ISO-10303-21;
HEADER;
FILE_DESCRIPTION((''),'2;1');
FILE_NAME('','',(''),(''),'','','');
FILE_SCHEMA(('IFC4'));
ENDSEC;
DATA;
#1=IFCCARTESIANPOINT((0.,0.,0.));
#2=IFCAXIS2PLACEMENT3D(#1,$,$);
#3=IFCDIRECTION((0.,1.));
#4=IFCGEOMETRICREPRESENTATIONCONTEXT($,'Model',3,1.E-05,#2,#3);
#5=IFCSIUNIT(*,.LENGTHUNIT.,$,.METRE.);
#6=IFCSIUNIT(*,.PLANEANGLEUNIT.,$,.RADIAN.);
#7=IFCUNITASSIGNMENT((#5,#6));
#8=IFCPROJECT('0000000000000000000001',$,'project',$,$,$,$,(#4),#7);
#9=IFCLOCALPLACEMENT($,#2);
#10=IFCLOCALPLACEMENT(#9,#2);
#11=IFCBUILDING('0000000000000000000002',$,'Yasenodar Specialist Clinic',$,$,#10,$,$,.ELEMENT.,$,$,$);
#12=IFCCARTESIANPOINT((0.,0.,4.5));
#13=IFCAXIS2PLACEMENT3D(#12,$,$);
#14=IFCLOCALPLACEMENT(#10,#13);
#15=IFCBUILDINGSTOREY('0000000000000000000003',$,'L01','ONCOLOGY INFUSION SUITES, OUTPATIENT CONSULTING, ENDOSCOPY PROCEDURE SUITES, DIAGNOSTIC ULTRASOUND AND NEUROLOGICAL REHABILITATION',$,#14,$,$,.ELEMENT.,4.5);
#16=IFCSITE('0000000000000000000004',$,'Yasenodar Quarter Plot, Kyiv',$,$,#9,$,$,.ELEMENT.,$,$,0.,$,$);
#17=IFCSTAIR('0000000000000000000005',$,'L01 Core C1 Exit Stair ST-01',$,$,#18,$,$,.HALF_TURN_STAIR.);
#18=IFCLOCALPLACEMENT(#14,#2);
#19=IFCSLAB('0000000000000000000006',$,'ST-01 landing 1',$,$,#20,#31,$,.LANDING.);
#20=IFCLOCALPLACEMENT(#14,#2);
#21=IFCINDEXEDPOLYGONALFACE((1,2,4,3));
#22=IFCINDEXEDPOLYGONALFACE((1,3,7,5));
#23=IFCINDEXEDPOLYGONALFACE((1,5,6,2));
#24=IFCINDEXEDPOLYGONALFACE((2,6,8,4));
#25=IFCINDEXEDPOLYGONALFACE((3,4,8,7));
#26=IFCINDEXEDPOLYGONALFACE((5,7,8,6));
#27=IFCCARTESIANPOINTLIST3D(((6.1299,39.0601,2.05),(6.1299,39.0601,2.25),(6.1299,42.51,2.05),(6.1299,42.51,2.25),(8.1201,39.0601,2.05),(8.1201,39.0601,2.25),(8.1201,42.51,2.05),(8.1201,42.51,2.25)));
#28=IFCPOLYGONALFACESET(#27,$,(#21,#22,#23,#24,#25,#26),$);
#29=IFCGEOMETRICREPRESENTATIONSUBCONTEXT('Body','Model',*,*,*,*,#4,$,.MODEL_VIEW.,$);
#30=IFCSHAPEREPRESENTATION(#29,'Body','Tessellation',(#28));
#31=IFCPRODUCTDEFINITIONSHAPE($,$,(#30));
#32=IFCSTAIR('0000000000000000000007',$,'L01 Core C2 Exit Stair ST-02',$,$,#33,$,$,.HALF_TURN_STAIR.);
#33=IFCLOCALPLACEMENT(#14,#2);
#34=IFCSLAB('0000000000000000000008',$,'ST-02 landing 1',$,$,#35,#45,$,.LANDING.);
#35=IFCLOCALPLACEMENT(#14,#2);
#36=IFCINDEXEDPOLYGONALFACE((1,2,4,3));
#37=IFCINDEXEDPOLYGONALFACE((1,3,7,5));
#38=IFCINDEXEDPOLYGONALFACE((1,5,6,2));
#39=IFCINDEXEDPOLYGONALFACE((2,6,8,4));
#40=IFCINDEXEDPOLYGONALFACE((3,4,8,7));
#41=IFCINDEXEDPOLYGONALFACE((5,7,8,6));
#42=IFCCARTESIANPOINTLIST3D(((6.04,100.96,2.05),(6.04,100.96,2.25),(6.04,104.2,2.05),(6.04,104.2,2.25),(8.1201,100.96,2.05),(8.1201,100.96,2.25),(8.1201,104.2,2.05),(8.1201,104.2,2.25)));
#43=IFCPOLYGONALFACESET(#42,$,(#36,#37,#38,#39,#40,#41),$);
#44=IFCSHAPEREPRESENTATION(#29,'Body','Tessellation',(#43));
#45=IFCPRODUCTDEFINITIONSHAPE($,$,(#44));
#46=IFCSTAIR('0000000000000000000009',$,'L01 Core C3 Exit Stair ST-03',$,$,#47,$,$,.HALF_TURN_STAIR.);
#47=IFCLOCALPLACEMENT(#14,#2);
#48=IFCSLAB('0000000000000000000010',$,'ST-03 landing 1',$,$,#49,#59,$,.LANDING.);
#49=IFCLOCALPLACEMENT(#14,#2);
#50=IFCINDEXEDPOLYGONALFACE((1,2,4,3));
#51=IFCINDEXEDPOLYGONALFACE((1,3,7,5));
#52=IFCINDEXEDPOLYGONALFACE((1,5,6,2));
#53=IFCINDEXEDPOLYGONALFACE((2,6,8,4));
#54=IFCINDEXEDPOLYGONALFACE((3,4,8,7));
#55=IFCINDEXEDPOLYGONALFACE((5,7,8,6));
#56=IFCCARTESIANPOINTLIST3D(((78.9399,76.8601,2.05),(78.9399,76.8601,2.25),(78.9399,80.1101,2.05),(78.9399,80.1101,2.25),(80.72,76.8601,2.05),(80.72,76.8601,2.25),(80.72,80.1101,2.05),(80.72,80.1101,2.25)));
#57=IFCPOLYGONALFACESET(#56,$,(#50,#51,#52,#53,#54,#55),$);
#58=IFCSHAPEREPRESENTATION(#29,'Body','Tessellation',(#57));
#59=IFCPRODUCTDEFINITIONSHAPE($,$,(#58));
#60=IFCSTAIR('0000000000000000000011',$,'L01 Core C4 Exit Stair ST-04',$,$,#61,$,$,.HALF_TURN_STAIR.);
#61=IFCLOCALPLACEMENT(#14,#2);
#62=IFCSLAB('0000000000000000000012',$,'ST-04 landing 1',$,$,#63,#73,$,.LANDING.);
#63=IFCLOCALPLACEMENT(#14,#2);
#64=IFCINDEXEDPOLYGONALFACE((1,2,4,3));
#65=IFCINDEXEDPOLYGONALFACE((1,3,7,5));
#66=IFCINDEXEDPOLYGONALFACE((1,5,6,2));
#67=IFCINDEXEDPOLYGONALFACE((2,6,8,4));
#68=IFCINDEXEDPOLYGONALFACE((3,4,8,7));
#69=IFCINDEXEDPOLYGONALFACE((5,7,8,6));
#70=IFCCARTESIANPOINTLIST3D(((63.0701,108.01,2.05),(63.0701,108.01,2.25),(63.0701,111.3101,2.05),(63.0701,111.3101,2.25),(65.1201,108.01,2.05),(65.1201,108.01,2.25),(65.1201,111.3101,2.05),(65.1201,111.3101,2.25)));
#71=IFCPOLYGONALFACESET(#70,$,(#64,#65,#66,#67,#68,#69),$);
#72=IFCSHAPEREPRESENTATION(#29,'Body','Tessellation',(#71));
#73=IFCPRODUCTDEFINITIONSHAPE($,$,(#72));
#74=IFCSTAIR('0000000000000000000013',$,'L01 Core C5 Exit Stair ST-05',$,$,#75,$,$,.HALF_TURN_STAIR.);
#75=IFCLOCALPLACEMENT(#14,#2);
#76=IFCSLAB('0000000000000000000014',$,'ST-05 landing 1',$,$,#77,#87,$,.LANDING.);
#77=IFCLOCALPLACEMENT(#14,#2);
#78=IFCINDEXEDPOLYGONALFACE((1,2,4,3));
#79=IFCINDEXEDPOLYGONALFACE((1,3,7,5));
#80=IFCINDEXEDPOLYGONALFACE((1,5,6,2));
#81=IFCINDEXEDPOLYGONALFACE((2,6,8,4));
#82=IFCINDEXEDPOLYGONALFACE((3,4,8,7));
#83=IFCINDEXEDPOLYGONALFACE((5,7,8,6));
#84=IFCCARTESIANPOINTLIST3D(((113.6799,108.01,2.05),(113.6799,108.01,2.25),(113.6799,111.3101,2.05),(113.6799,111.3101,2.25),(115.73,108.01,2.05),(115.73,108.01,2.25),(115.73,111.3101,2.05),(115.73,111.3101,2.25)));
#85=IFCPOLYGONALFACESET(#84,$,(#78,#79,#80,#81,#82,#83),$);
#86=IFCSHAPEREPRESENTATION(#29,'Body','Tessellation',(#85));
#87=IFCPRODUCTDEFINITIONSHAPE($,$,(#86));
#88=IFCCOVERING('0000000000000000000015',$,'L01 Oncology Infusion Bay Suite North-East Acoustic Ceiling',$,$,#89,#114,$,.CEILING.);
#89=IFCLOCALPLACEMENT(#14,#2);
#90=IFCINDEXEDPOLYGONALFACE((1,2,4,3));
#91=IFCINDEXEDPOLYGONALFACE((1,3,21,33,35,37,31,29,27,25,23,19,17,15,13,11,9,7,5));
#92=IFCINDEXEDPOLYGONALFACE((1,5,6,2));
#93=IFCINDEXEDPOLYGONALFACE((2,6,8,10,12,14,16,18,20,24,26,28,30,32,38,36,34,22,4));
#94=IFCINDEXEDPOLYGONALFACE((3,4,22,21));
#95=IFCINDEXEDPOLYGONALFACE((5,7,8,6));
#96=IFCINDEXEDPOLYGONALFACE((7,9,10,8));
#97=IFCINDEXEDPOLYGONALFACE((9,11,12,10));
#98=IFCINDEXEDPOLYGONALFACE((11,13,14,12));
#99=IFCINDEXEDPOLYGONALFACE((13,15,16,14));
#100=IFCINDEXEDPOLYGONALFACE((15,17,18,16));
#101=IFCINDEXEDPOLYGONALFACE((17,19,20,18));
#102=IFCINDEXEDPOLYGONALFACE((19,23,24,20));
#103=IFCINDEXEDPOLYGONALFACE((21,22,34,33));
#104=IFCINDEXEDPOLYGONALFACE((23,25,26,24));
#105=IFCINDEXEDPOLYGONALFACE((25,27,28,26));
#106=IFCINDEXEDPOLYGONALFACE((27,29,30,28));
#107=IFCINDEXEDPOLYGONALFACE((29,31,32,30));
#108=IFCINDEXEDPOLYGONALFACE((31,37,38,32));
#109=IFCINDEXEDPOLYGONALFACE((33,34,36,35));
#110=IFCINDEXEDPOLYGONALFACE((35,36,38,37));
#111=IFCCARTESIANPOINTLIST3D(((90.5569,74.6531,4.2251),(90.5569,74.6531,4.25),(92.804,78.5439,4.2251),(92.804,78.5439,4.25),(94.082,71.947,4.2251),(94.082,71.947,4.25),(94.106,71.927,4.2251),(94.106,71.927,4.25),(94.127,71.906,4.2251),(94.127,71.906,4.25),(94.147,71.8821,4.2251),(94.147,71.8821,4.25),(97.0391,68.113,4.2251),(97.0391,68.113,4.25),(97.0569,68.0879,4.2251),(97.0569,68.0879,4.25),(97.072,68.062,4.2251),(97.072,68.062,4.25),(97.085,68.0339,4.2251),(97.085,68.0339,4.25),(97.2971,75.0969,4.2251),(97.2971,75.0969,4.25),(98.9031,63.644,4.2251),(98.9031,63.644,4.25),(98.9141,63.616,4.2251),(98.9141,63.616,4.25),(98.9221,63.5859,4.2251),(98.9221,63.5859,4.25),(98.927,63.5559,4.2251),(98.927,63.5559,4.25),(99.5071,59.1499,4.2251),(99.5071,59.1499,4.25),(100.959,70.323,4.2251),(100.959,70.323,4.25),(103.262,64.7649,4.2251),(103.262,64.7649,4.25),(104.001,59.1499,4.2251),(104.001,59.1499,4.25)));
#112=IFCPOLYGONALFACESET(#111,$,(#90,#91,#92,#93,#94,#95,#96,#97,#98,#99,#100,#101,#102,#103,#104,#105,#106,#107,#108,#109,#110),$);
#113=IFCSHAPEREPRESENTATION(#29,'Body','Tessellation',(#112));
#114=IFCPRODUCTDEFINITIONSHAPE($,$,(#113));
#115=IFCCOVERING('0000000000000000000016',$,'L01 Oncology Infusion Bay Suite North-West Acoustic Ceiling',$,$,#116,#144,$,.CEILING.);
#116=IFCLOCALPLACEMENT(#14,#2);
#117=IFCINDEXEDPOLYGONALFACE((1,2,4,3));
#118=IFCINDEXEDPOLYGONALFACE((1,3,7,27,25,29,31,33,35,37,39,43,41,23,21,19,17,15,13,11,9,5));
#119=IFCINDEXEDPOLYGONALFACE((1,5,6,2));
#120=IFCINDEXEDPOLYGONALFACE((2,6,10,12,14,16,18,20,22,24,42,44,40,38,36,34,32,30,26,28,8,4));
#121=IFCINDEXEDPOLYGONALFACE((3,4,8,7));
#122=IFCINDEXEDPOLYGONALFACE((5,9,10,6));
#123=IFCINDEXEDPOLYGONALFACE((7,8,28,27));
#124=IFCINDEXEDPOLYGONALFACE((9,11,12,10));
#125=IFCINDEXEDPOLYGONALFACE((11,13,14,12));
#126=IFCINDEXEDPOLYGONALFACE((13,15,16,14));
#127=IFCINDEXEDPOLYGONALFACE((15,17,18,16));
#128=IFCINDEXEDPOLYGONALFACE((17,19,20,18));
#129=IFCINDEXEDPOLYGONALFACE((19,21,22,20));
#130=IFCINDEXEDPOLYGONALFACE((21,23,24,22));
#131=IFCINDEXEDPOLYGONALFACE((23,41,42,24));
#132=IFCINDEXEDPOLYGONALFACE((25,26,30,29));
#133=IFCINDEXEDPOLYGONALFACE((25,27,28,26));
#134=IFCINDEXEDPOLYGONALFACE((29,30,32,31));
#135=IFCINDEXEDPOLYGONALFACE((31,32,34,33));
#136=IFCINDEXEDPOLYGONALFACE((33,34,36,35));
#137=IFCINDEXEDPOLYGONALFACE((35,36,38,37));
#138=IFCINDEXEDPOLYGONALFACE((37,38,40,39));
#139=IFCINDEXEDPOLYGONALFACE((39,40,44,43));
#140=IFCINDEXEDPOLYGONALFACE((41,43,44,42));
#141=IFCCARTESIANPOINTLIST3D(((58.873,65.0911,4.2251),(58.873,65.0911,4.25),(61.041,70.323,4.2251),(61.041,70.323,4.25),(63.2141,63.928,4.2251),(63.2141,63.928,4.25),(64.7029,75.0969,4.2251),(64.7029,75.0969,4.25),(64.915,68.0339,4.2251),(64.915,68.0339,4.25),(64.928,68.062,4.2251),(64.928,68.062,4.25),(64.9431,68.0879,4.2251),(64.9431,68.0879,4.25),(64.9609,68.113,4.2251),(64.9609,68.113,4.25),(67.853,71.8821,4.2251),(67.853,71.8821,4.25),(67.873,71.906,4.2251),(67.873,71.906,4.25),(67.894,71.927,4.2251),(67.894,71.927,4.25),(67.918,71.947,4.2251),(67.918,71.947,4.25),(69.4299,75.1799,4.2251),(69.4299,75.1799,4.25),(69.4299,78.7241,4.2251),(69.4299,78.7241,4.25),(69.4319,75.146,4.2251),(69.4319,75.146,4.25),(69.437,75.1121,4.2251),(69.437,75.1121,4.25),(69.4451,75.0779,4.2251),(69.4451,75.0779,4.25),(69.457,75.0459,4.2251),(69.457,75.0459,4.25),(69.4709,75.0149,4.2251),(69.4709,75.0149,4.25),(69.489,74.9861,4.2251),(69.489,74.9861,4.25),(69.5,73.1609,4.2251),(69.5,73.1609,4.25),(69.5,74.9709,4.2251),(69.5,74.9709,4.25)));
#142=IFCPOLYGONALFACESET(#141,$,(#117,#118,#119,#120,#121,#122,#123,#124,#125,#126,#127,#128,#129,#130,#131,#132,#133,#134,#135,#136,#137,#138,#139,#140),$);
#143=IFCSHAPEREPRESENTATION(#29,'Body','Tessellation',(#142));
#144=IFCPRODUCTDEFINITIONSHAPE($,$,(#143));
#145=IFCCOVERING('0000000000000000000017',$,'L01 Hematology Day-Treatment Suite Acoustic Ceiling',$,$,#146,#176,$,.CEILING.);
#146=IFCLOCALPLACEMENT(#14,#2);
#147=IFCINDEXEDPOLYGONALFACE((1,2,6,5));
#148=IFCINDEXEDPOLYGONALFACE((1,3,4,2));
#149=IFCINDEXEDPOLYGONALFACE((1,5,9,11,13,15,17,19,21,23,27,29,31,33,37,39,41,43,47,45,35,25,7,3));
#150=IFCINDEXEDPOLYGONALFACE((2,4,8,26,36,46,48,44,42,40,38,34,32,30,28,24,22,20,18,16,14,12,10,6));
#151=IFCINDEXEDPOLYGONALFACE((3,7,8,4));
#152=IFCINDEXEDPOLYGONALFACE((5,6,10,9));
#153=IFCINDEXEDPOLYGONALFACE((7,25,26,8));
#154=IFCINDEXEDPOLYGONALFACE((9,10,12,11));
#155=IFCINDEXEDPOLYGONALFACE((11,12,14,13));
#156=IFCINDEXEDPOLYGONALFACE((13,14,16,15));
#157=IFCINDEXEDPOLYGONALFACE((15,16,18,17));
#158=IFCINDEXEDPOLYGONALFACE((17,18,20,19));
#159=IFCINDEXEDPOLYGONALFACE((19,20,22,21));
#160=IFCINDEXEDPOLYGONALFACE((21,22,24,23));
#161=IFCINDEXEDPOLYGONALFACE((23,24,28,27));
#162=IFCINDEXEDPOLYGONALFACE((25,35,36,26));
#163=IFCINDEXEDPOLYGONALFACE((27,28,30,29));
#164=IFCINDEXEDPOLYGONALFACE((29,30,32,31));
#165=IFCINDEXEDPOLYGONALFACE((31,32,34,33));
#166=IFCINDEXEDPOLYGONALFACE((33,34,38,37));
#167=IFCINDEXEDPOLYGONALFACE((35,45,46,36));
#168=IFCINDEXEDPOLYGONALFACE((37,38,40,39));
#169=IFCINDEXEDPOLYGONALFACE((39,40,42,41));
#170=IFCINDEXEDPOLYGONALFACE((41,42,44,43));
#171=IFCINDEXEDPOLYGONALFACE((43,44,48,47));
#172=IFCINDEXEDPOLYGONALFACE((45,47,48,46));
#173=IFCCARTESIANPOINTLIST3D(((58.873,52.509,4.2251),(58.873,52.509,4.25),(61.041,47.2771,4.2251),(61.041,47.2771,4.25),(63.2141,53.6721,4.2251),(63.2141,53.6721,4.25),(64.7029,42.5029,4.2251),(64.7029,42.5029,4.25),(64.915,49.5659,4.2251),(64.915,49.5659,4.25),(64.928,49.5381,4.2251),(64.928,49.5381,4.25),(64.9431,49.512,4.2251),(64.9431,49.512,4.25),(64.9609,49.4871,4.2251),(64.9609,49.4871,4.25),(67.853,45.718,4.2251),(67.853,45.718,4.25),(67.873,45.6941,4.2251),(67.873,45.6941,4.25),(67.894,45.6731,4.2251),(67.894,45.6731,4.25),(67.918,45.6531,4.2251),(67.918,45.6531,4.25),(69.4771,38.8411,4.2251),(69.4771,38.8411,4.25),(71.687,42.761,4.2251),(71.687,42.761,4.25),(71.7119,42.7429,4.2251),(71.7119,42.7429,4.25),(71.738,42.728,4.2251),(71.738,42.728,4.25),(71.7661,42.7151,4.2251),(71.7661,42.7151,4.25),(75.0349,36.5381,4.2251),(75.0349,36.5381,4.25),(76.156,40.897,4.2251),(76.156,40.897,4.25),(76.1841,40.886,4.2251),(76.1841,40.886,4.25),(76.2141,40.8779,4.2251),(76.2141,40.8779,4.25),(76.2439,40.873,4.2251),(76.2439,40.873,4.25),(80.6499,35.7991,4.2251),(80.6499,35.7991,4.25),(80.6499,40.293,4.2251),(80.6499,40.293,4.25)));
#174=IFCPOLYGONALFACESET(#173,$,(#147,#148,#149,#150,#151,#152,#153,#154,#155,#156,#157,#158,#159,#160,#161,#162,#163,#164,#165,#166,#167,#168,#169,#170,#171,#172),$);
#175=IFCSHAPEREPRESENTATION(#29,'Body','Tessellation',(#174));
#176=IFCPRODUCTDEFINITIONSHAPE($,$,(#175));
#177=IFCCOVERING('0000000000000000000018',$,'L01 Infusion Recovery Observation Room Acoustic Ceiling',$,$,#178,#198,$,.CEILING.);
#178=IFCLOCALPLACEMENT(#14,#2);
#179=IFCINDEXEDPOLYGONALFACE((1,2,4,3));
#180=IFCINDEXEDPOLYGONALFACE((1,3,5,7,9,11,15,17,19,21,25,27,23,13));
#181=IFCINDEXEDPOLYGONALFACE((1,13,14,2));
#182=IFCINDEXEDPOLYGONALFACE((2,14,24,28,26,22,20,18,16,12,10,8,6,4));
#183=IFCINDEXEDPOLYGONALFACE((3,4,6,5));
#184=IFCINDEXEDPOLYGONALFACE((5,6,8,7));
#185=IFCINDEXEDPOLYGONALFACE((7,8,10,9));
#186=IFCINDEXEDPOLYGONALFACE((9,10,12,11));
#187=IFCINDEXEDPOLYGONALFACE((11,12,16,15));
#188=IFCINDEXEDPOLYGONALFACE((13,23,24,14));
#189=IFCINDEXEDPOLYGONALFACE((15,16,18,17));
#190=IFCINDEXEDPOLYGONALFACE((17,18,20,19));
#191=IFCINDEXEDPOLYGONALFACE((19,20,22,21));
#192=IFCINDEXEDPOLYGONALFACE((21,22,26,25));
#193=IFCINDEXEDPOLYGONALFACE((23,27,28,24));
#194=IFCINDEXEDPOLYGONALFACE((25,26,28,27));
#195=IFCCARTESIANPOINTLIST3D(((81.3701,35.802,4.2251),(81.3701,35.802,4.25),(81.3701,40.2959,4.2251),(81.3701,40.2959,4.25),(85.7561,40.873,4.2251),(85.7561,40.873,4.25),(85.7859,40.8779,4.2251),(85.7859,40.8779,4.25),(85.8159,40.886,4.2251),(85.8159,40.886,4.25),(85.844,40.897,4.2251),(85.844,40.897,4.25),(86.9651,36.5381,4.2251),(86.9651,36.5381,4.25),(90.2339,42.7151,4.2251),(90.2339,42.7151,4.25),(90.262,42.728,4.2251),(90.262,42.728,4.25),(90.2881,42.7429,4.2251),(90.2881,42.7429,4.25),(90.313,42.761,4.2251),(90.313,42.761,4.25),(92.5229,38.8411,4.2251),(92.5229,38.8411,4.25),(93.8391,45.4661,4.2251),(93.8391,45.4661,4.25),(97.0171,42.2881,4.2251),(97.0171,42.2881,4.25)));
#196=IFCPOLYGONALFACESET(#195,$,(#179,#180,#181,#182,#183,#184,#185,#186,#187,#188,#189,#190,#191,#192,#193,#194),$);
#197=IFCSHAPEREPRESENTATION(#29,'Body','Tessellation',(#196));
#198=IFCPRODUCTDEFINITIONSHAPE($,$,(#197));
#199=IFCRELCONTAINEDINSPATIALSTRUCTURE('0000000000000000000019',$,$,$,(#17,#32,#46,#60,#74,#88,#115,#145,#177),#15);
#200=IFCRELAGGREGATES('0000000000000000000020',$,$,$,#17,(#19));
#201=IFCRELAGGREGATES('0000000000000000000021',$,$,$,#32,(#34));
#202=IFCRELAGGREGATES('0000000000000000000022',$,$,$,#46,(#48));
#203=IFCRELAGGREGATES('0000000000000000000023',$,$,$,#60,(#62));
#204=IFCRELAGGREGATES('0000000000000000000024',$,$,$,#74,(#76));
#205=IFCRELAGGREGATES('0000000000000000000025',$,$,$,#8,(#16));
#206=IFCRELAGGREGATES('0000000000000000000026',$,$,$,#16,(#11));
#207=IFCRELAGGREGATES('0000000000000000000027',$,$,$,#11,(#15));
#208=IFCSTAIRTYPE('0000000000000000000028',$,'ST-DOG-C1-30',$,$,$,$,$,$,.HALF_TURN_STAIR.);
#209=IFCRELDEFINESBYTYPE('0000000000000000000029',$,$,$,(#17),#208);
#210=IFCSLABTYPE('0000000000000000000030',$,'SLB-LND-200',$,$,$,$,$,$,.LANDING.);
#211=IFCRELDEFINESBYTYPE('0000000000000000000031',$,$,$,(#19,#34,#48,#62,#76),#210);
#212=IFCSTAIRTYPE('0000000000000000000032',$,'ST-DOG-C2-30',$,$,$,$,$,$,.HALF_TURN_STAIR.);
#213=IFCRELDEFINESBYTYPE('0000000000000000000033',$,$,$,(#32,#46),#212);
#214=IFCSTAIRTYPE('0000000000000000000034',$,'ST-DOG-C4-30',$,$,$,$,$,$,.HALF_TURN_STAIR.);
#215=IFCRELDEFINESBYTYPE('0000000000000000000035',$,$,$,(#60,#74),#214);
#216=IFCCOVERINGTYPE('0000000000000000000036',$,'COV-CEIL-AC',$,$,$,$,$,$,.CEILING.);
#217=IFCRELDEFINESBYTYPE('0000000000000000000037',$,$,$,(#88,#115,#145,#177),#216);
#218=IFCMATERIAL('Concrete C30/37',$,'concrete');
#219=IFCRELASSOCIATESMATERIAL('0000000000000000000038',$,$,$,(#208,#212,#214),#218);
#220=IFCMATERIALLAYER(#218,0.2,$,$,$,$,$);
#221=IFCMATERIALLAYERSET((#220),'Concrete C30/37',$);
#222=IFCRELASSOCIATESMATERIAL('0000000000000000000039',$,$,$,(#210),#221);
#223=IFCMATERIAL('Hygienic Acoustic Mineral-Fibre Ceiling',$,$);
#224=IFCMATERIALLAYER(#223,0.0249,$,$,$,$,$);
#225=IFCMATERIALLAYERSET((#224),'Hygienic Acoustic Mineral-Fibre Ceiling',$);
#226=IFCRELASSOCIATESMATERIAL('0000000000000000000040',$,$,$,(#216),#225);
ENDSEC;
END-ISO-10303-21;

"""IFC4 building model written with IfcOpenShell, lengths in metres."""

from ifc_helpers import new_model, si_unit, direction, frame, origin, place, context, subcontext, project, spatial, polyline, outline, extrude, material, layer, layer_set, type_object, element, aggregate, save


model = new_model("IFC4")

# Units and contexts
model_context = context("Model", 3, precision=1e-05, world=origin(), true_north=direction((0.0, 1.0)))
body_context = subcontext(model_context, "Body", "Model", "MODEL_VIEW")
ifc_project = project(units=[si_unit("LENGTHUNIT", "METRE"), si_unit("PLANEANGLEUNIT", "RADIAN")], contexts=[model_context])

# Site, building, storey
site_placement = place(None, origin())
site = spatial("IfcSite", under=ifc_project, at=site_placement, Name="Yasenodar Quarter Plot, Kyiv", CompositionType="ELEMENT", RefElevation=0.0)
building_placement = place(site_placement, origin())
building = spatial("IfcBuilding", under=site, at=building_placement, Name="Yasenodar Specialist Clinic", CompositionType="ELEMENT")
storey_placement = place(building_placement, frame((0.0, 0.0, 4.5)))
storey = spatial("IfcBuildingStorey", under=building, at=storey_placement, Name="L01", Description="ONCOLOGY INFUSION SUITES, OUTPATIENT CONSULTING, ENDOSCOPY PROCEDURE SUITES, DIAGNOSTIC ULTRASOUND AND NEUROLOGICAL REHABILITATION", CompositionType="ELEMENT", Elevation=4.5)

# Stairs, slabs
ifc_material_1 = material(Name="Concrete C30/37", Category="concrete")
stair_type_1 = type_object("IfcStairType", Name="ST-DOG-C1-30", PredefinedType="HALF_TURN_STAIR", material=ifc_material_1)
stair_1_placement = place(storey_placement, origin())
stair_1 = element("IfcStair", 1, at=stair_1_placement, inside=storey, type_object=stair_type_1, Name="L01 Core C1 Exit Stair ST-01", PredefinedType="HALF_TURN_STAIR")
ifc_layer_1 = layer(ifc_material_1, 0.2)
ifc_layer_set_1 = layer_set([ifc_layer_1], Name="Concrete C30/37")
slab_type = type_object("IfcSlabType", Name="SLB-LND-200", PredefinedType="LANDING", material=ifc_layer_set_1)
slab_1_placement = place(storey_placement, frame((0.0, 0.0, 2.05)))
slab_1 = element("IfcSlab", 2, at=slab_1_placement, type_object=slab_type, Name="ST-01 landing 1", PredefinedType="LANDING", context=body_context, shape_type="SweptSolid", body=[
    extrude(outline(polyline([(6.1299, 39.0601), (8.1201, 39.0601), (8.1201, 42.51), (6.1299, 42.51), (6.1299, 39.0601)])), origin(), (0.0, 0.0, 1.0), 0.2),
])
aggregate(stair_1, [slab_1])
stair_type_2 = type_object("IfcStairType", Name="ST-DOG-C2-30", PredefinedType="HALF_TURN_STAIR", material=ifc_material_1)
stair_2_placement = place(storey_placement, origin())
stair_2 = element("IfcStair", 3, at=stair_2_placement, inside=storey, type_object=stair_type_2, Name="L01 Core C2 Exit Stair ST-02", PredefinedType="HALF_TURN_STAIR")
slab_2_placement = place(storey_placement, frame((0.0, 0.0, 2.05)))
slab_2 = element("IfcSlab", 4, at=slab_2_placement, type_object=slab_type, Name="ST-02 landing 1", PredefinedType="LANDING", context=body_context, shape_type="SweptSolid", body=[
    extrude(outline(polyline([(6.04, 100.96), (8.1201, 100.96), (8.1201, 104.2), (6.04, 104.2), (6.04, 100.96)])), origin(), (0.0, 0.0, 1.0), 0.2),
])
aggregate(stair_2, [slab_2])
stair_3_placement = place(storey_placement, origin())
stair_3 = element("IfcStair", 5, at=stair_3_placement, inside=storey, type_object=stair_type_2, Name="L01 Core C3 Exit Stair ST-03", PredefinedType="HALF_TURN_STAIR")
slab_3_placement = place(storey_placement, frame((0.0, 0.0, 2.05)))
slab_3 = element("IfcSlab", 6, at=slab_3_placement, type_object=slab_type, Name="ST-03 landing 1", PredefinedType="LANDING", context=body_context, shape_type="SweptSolid", body=[
    extrude(outline(polyline([(78.9399, 76.8601), (80.72, 76.8601), (80.72, 80.1101), (78.9399, 80.1101), (78.9399, 76.8601)])), origin(), (0.0, 0.0, 1.0), 0.2),
])
aggregate(stair_3, [slab_3])
stair_type_3 = type_object("IfcStairType", Name="ST-DOG-C4-30", PredefinedType="HALF_TURN_STAIR", material=ifc_material_1)
stair_4_placement = place(storey_placement, origin())
stair_4 = element("IfcStair", 7, at=stair_4_placement, inside=storey, type_object=stair_type_3, Name="L01 Core C4 Exit Stair ST-04", PredefinedType="HALF_TURN_STAIR")
slab_4_placement = place(storey_placement, frame((0.0, 0.0, 2.05)))
slab_4 = element("IfcSlab", 8, at=slab_4_placement, type_object=slab_type, Name="ST-04 landing 1", PredefinedType="LANDING", context=body_context, shape_type="SweptSolid", body=[
    extrude(outline(polyline([(63.0701, 108.01), (65.1201, 108.01), (65.1201, 111.3101), (63.0701, 111.3101), (63.0701, 108.01)])), origin(), (0.0, 0.0, 1.0), 0.2),
])
aggregate(stair_4, [slab_4])
stair_5_placement = place(storey_placement, origin())
stair_5 = element("IfcStair", 9, at=stair_5_placement, inside=storey, type_object=stair_type_3, Name="L01 Core C5 Exit Stair ST-05", PredefinedType="HALF_TURN_STAIR")
slab_5_placement = place(storey_placement, frame((0.0, 0.0, 2.05)))
slab_5 = element("IfcSlab", 10, at=slab_5_placement, type_object=slab_type, Name="ST-05 landing 1", PredefinedType="LANDING", context=body_context, shape_type="SweptSolid", body=[
    extrude(outline(polyline([(115.73, 111.3101), (113.6799, 111.3101), (113.6799, 108.01), (115.73, 108.01), (115.73, 111.3101)])), origin(), (0.0, 0.0, 1.0), 0.2),
])
aggregate(stair_5, [slab_5])

# Coverings
ifc_material_2 = material(Name="Hygienic Acoustic Mineral-Fibre Ceiling")
ifc_layer_2 = layer(ifc_material_2, 0.0249)
ifc_layer_set_2 = layer_set([ifc_layer_2], Name="Hygienic Acoustic Mineral-Fibre Ceiling")
covering_type_1 = type_object("IfcCoveringType", Name="COV-CEIL-AC", PredefinedType="CEILING", material=ifc_layer_set_2)
covering_1_placement = place(storey_placement, frame((0.0, 0.0, 4.2251)))
element("IfcCovering", 11, at=covering_1_placement, inside=storey, type_object=covering_type_1, Name="L01 Oncology Infusion Bay Suite North-East Acoustic Ceiling", PredefinedType="CEILING", context=body_context, shape_type="SweptSolid", body=[
    extrude(outline(polyline([(98.9221, 63.5859), (98.9141, 63.616), (98.9031, 63.644), (97.085, 68.0339), (97.072, 68.062), (97.0569, 68.0879), (97.0391, 68.113), (94.147, 71.8821), (94.127, 71.906), (94.106, 71.927), (94.082, 71.947), (90.5569, 74.6531), (92.804, 78.5439), (97.2971, 75.0969), (100.959, 70.323), (103.262, 64.7649), (104.001, 59.1499), (99.5071, 59.1499), (98.927, 63.5559), (98.9221, 63.5859)])), origin(), (0.0, 0.0, 1.0), 0.0249),
])
covering_2_placement = place(storey_placement, frame((0.0, 0.0, 4.2251)))
element("IfcCovering", 12, at=covering_2_placement, inside=storey, type_object=covering_type_1, Name="L01 Oncology Infusion Bay Suite North-West Acoustic Ceiling", PredefinedType="CEILING", context=body_context, shape_type="SweptSolid", body=[
    extrude(outline(polyline([(67.873, 71.906), (67.853, 71.8821), (64.9609, 68.113), (64.9431, 68.0879), (64.928, 68.062), (64.915, 68.0339), (63.2141, 63.928), (58.873, 65.0911), (61.041, 70.323), (64.7029, 75.0969), (69.4299, 78.7241), (69.4299, 75.1799), (69.4319, 75.146), (69.437, 75.1121), (69.4451, 75.0779), (69.457, 75.0459), (69.4709, 75.0149), (69.489, 74.9861), (69.5, 74.9709), (69.5, 73.1609), (67.918, 71.947), (67.894, 71.927), (67.873, 71.906)])), origin(), (0.0, 0.0, 1.0), 0.0249),
])
covering_3_placement = place(storey_placement, frame((0.0, 0.0, 4.2251)))
element("IfcCovering", 13, at=covering_3_placement, inside=storey, type_object=covering_type_1, Name="L01 Hematology Day-Treatment Suite Acoustic Ceiling", PredefinedType="CEILING", context=body_context, shape_type="SweptSolid", body=[
    extrude(outline(polyline([(64.928, 49.5381), (64.9431, 49.512), (64.9609, 49.4871), (67.853, 45.718), (67.873, 45.6941), (67.894, 45.6731), (67.918, 45.6531), (71.687, 42.761), (71.7119, 42.7429), (71.738, 42.728), (71.7661, 42.7151), (76.156, 40.897), (76.1841, 40.886), (76.2141, 40.8779), (76.2439, 40.873), (80.6499, 40.293), (80.6499, 35.7991), (75.0349, 36.5381), (69.4771, 38.8411), (64.7029, 42.5029), (61.041, 47.2771), (58.873, 52.509), (63.2141, 53.6721), (64.915, 49.5659), (64.928, 49.5381)])), origin(), (0.0, 0.0, 1.0), 0.0249),
])
covering_4_placement = place(storey_placement, frame((0.0, 0.0, 4.2251)))
element("IfcCovering", 14, at=covering_4_placement, inside=storey, type_object=covering_type_1, Name="L01 Infusion Recovery Observation Room Acoustic Ceiling", PredefinedType="CEILING", context=body_context, shape_type="SweptSolid", body=[
    extrude(outline(polyline([(85.8159, 40.886), (85.844, 40.897), (90.2339, 42.7151), (90.262, 42.728), (90.2881, 42.7429), (90.313, 42.761), (93.8391, 45.4661), (97.0171, 42.2881), (92.5229, 38.8411), (86.9651, 36.5381), (81.3701, 35.802), (81.3701, 40.2959), (85.7561, 40.873), (85.7859, 40.8779), (85.8159, 40.886)])), origin(), (0.0, 0.0, 1.0), 0.0249),
])

save(model, "model.ifc")
